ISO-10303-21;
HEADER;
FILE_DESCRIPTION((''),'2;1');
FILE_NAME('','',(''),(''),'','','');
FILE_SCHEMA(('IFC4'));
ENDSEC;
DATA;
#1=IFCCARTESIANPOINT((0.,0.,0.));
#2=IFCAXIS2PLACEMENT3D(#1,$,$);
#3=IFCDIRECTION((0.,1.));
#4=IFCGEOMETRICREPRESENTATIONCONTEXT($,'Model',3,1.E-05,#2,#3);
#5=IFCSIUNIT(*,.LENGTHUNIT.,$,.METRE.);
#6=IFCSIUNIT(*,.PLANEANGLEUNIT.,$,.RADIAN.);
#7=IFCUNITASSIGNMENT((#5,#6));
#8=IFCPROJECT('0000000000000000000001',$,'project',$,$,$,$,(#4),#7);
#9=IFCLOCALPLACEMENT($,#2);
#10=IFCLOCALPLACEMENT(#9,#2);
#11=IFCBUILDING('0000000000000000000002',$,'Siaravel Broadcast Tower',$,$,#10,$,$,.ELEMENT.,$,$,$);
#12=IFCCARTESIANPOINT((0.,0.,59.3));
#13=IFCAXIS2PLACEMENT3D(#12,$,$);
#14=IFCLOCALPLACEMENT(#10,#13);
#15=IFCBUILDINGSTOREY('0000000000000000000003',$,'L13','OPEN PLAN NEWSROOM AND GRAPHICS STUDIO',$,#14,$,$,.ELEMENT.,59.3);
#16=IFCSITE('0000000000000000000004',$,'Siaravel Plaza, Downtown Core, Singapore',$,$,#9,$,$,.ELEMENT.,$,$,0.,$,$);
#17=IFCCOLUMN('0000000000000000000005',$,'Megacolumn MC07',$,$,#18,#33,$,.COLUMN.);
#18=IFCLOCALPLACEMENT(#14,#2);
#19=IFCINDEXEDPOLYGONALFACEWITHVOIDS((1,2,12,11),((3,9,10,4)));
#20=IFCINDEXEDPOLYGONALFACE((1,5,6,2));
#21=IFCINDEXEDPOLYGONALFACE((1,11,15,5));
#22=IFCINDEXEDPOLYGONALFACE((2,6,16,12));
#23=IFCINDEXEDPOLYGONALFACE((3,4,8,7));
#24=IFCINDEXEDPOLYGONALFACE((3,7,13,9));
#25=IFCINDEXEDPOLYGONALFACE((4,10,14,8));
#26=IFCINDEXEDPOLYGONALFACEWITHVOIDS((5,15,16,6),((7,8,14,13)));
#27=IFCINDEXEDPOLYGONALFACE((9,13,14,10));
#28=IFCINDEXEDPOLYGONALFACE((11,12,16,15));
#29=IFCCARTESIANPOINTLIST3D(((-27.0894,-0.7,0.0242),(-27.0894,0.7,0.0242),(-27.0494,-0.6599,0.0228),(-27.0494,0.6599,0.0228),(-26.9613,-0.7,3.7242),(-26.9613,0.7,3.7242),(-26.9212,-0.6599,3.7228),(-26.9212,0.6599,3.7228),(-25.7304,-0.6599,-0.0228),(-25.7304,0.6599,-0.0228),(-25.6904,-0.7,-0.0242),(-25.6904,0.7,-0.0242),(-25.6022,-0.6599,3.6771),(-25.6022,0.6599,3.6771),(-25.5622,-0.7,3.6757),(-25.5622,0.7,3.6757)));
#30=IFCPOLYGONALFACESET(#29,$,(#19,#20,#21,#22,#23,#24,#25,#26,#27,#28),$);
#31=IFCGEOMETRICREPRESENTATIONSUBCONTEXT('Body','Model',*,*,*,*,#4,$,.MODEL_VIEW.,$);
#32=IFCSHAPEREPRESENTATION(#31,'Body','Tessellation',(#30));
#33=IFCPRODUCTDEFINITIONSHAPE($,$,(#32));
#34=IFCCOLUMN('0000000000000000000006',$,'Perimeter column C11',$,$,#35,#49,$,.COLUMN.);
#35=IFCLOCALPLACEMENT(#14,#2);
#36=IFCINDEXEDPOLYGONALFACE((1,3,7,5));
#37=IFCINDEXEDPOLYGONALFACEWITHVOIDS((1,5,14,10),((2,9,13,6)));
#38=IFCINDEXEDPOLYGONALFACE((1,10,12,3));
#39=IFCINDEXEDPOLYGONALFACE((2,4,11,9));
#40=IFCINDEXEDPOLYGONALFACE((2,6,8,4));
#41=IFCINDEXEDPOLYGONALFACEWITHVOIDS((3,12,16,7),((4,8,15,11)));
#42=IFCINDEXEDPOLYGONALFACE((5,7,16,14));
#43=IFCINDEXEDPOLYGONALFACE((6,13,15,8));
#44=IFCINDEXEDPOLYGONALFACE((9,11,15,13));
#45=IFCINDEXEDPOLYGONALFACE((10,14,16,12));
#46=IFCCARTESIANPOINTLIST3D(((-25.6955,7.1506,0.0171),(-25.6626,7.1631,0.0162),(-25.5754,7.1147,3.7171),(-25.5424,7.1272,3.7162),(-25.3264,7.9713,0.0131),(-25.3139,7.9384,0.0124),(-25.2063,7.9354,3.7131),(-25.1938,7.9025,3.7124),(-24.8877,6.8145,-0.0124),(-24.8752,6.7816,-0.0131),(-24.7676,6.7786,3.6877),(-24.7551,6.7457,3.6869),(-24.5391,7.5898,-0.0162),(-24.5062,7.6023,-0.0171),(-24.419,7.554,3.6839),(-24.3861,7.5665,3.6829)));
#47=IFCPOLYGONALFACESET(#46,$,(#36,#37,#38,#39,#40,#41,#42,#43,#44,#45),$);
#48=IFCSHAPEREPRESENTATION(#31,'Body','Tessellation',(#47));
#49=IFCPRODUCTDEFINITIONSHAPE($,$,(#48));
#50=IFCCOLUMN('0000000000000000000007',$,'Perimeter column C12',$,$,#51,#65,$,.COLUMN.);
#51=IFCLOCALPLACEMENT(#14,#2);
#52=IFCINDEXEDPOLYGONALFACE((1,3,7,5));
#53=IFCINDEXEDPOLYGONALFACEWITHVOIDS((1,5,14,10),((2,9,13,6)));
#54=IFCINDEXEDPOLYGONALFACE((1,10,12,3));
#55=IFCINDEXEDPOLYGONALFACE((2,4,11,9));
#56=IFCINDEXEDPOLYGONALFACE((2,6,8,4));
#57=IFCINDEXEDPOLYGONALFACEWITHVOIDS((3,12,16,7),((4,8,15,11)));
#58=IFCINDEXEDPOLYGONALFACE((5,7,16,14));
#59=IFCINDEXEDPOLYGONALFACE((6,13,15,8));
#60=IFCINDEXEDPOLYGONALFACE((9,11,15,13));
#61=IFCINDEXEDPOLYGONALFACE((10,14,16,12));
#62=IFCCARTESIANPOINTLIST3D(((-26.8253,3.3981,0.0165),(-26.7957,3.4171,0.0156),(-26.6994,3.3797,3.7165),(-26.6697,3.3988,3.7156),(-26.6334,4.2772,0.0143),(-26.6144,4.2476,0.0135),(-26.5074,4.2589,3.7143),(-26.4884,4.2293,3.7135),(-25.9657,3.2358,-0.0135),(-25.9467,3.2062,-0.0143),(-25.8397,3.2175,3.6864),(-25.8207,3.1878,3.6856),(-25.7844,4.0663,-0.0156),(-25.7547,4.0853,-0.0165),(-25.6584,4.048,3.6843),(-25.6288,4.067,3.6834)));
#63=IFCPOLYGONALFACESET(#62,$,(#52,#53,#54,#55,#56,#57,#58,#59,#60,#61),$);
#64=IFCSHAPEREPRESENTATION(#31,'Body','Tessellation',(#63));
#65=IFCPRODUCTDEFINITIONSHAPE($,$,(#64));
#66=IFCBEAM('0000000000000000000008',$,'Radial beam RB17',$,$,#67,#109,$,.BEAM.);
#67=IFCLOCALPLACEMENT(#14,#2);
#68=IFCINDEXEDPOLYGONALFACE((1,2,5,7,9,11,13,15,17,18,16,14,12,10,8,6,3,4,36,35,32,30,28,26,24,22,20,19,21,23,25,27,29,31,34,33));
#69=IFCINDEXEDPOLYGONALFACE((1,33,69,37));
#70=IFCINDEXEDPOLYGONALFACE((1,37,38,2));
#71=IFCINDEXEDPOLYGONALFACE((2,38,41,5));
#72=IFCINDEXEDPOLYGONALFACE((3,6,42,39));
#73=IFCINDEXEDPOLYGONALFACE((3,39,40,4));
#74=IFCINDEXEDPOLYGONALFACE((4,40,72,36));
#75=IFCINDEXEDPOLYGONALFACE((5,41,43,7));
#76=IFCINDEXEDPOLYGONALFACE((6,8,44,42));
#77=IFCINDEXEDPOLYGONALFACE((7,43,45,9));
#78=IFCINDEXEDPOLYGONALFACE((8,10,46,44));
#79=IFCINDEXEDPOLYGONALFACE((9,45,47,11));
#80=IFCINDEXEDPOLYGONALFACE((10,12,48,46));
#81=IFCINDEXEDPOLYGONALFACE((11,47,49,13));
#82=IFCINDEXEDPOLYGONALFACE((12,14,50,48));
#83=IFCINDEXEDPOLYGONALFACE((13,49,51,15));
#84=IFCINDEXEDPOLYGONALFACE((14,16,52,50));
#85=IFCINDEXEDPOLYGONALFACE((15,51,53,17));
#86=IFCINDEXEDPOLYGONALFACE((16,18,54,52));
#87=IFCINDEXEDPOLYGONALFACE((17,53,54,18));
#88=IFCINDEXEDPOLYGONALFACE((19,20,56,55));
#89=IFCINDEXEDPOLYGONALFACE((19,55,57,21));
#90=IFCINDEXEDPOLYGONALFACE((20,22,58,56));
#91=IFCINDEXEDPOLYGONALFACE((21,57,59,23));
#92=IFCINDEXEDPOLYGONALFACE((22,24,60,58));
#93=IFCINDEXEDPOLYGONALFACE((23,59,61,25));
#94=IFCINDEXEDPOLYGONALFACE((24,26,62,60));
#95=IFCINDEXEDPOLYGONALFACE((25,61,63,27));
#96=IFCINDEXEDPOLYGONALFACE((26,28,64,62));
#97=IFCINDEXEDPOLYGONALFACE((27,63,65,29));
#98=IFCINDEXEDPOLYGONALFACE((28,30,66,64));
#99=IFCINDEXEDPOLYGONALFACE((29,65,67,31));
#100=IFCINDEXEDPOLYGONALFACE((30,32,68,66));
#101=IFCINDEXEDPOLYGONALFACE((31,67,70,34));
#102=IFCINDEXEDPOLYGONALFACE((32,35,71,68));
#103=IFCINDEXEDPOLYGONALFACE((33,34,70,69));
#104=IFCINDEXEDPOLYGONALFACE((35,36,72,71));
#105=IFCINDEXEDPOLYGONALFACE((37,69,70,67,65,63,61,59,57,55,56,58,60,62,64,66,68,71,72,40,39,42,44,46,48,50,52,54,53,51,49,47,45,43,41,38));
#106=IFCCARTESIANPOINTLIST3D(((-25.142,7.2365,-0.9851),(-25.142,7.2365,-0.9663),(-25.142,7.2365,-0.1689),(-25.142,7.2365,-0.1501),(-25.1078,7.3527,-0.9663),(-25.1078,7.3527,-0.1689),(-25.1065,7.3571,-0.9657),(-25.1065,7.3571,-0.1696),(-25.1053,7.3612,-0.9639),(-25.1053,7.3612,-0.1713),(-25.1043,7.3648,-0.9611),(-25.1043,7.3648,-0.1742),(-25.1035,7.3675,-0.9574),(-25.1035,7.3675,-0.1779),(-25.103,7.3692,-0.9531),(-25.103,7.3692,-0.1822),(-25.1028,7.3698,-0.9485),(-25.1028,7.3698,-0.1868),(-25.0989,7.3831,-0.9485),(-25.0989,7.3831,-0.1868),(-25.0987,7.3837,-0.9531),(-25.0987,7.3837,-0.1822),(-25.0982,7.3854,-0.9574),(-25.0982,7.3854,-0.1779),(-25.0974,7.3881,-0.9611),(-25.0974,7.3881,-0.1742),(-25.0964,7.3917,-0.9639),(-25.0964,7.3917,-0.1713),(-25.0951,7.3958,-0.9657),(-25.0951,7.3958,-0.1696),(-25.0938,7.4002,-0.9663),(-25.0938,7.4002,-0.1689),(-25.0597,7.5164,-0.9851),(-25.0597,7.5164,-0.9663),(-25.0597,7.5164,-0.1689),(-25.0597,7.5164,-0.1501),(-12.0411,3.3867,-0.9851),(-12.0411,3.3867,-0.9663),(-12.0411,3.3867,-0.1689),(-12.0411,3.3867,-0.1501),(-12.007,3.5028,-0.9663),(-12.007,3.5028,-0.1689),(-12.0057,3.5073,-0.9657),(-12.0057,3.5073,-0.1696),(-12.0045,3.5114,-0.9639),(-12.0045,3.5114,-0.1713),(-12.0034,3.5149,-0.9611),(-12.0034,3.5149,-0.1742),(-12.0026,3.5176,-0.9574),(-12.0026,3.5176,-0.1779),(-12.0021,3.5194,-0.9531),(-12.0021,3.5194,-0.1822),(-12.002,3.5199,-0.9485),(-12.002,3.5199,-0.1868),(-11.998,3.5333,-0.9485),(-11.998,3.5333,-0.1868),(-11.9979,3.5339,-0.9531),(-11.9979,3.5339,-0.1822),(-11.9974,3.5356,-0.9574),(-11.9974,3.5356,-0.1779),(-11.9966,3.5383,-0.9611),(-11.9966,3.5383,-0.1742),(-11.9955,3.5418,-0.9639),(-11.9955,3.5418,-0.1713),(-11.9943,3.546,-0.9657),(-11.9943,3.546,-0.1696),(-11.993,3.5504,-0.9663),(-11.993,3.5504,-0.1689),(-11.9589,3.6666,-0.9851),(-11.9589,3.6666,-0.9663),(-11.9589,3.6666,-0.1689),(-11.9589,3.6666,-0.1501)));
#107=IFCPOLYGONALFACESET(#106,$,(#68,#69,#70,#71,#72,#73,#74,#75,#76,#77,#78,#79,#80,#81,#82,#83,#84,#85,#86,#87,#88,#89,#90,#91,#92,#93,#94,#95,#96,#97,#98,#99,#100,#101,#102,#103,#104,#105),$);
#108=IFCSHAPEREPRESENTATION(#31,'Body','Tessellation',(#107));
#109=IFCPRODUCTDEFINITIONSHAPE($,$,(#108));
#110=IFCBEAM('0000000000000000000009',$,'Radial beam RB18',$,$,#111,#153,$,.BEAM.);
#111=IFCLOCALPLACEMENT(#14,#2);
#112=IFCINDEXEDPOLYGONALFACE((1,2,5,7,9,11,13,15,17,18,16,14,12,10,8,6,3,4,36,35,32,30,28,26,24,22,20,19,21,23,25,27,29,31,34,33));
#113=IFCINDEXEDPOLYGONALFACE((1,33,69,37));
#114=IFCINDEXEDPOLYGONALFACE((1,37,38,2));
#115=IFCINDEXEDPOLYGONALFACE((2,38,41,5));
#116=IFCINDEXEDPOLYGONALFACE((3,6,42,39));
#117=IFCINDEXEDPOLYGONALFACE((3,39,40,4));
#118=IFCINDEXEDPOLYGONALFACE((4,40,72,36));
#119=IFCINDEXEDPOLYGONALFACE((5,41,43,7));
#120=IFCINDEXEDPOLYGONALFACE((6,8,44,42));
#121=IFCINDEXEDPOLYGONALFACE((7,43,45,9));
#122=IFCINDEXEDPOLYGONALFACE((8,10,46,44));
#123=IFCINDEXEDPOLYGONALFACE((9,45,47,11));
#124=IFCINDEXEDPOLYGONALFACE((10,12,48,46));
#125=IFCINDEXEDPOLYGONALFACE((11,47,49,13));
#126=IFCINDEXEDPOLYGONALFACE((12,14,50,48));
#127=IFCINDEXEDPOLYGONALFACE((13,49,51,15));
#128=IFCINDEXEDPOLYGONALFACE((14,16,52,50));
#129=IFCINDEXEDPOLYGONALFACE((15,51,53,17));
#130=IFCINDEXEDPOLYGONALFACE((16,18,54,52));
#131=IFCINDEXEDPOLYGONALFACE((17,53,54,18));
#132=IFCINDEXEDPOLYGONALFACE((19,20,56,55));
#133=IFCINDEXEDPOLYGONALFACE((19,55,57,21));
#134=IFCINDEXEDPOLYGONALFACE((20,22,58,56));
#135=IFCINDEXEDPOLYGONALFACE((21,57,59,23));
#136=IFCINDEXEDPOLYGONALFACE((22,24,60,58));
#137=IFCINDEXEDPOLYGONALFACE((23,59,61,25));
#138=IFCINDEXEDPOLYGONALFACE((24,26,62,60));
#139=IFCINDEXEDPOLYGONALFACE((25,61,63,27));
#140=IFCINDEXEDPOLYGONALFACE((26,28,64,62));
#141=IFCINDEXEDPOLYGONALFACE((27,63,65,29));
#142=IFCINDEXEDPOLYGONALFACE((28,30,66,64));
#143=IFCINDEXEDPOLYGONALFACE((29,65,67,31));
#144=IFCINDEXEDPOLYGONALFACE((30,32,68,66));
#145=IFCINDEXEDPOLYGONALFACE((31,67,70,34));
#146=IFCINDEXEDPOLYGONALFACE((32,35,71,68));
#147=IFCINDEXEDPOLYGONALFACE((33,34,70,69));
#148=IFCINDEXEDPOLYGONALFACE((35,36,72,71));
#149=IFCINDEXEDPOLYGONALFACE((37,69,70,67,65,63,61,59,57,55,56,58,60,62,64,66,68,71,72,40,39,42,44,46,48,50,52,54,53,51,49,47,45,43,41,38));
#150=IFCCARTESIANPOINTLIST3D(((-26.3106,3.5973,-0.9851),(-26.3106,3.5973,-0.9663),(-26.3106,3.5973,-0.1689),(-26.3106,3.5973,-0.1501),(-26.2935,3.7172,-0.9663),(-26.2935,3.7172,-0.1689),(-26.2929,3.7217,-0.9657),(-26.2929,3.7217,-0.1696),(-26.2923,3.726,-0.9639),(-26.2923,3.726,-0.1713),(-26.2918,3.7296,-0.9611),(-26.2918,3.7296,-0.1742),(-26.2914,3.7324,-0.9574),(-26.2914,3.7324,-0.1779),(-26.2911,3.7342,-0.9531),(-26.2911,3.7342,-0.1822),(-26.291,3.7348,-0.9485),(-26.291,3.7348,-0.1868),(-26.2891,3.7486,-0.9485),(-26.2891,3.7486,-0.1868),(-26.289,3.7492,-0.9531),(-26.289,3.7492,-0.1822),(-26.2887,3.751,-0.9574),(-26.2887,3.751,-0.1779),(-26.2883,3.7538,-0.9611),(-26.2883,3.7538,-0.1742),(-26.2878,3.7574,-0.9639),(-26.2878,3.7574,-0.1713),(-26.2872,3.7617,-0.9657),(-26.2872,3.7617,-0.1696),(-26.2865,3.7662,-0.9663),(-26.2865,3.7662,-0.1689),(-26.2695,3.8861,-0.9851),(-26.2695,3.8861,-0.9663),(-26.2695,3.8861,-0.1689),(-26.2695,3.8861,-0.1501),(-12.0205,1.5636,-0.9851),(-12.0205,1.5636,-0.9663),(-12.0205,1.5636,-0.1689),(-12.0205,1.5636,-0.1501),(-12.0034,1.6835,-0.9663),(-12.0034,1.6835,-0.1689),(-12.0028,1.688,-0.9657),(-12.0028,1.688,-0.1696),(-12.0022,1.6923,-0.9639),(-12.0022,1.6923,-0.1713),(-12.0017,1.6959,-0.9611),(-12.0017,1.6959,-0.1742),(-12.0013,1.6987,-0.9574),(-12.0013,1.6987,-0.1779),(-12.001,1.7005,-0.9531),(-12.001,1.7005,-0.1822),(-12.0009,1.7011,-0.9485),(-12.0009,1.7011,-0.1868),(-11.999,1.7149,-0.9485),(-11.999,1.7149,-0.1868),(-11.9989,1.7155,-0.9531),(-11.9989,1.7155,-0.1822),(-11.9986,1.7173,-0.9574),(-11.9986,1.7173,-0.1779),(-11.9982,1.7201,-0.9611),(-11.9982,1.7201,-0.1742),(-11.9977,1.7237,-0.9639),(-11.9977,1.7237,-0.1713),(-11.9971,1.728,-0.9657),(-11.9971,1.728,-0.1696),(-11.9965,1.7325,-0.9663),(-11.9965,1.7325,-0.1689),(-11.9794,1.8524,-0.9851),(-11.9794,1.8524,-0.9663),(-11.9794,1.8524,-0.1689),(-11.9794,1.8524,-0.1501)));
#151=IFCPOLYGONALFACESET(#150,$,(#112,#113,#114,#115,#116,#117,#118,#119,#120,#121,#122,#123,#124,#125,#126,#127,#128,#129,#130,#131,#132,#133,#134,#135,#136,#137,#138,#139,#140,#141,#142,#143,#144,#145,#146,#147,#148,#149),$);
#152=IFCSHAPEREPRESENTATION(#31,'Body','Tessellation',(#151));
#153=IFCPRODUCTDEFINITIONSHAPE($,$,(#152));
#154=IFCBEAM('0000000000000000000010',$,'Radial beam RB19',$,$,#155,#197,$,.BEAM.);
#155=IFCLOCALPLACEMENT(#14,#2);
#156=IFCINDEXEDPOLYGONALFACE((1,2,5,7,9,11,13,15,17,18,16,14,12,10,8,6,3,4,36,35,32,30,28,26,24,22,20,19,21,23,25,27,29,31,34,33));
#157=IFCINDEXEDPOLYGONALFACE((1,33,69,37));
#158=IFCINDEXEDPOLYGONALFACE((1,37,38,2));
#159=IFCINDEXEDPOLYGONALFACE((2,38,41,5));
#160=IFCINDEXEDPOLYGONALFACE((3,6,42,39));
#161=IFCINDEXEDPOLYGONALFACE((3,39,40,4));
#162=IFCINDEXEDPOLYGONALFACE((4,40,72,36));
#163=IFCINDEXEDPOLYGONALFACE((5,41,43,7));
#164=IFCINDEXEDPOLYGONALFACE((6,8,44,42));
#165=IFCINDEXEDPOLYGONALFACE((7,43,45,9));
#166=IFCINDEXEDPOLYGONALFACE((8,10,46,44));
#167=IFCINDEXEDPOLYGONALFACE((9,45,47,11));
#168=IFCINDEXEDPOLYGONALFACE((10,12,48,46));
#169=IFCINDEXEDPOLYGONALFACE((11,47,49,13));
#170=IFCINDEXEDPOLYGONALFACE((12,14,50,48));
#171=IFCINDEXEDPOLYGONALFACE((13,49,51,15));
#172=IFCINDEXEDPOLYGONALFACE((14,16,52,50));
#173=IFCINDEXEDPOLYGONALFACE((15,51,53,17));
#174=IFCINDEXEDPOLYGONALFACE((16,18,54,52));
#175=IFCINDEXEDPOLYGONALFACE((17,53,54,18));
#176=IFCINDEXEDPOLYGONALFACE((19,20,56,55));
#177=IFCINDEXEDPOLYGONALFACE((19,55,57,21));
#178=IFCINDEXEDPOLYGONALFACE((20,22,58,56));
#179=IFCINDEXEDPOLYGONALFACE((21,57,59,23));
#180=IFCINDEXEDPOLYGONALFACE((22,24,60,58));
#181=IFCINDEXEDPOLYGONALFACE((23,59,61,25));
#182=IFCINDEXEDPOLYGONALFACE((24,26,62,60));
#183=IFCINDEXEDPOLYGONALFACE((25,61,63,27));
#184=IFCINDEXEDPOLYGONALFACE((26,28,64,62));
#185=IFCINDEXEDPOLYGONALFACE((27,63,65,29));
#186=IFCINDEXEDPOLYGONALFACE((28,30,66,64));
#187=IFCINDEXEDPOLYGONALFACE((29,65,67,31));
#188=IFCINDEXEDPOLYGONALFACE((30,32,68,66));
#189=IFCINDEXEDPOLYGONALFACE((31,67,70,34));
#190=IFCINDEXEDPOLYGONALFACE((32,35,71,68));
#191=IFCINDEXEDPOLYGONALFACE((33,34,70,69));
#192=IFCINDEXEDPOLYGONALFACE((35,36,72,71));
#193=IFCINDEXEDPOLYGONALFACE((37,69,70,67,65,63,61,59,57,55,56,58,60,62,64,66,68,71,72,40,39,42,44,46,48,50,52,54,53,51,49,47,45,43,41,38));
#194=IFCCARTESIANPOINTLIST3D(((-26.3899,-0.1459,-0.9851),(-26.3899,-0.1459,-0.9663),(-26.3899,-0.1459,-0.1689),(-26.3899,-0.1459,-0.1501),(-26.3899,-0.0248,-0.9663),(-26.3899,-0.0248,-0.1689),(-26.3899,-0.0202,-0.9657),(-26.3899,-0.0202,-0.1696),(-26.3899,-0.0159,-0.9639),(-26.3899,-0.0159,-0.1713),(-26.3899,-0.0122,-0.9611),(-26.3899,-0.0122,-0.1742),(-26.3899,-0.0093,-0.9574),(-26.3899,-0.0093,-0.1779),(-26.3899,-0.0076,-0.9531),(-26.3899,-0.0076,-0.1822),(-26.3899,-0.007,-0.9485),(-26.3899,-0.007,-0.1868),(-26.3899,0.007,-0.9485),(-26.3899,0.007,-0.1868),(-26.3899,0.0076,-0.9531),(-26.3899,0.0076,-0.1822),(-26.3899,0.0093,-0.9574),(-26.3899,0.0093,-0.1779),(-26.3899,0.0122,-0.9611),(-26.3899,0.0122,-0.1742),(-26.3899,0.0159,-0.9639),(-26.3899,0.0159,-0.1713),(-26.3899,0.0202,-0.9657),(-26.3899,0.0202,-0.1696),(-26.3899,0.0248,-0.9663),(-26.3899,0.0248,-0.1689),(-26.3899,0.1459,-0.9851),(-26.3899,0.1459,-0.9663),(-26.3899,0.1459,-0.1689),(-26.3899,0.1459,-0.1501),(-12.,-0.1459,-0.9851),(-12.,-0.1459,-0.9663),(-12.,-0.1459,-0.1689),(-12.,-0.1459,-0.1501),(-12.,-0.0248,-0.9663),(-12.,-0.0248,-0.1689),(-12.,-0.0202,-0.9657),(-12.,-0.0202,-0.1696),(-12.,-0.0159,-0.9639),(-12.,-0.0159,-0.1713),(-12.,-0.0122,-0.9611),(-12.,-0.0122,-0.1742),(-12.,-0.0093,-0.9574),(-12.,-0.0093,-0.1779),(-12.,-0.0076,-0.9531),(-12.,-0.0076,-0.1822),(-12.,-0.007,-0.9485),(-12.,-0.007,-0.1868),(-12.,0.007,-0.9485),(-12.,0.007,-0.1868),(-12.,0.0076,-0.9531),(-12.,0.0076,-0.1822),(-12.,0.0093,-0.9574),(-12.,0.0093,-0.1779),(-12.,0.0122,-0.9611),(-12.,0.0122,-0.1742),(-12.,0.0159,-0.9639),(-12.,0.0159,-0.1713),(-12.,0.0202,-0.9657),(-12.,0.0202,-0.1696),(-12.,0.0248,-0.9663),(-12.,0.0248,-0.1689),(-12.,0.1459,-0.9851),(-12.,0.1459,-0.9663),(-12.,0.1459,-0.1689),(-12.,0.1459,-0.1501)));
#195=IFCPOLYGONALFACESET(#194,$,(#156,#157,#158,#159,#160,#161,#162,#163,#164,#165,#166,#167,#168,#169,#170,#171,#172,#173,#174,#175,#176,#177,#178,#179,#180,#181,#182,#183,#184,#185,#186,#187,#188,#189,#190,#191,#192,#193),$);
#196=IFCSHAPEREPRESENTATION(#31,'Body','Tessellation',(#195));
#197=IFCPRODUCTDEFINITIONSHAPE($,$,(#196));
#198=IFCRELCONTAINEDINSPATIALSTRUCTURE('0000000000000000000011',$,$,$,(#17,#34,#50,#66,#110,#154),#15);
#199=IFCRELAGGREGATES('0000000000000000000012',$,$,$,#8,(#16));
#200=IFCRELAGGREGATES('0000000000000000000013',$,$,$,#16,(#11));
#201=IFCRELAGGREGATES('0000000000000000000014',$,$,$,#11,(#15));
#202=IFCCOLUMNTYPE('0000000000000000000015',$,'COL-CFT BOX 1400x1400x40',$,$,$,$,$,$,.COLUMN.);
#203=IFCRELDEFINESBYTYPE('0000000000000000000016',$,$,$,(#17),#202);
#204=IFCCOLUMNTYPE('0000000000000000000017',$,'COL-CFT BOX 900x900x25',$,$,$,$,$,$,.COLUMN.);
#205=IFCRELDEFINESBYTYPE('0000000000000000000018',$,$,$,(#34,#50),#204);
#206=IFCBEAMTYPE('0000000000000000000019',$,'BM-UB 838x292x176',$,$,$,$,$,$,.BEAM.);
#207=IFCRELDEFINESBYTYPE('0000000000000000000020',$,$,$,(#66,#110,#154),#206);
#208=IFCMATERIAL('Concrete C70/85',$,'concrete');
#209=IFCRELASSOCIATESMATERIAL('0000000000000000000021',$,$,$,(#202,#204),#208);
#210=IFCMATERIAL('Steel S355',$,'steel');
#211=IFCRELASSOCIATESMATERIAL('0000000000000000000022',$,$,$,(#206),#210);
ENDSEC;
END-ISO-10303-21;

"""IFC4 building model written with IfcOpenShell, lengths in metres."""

from ifc_helpers import new_model, si_unit, direction, frame, origin, origin_2d, place, context, subcontext, project, spatial, hollow_rectangle, i_section, extrude, material, material_profile, profile_set, type_object, element, save


model = new_model("IFC4")

# Units and contexts
model_context = context("Model", 3, precision=1e-05, world=origin(), true_north=direction((0.0, 1.0)))
body_context = subcontext(model_context, "Body", "Model", "MODEL_VIEW")
ifc_project = project(units=[si_unit("LENGTHUNIT", "METRE"), si_unit("PLANEANGLEUNIT", "RADIAN")], contexts=[model_context])

# Site, building, storey
site_placement = place(None, origin())
site = spatial("IfcSite", under=ifc_project, at=site_placement, Name="Siaravel Plaza, Downtown Core, Singapore", CompositionType="ELEMENT", RefElevation=0.0)
building_placement = place(site_placement, origin())
building = spatial("IfcBuilding", under=site, at=building_placement, Name="Siaravel Broadcast Tower", CompositionType="ELEMENT")
storey_placement = place(building_placement, frame((0.0, 0.0, 59.3)))
storey = spatial("IfcBuildingStorey", under=building, at=storey_placement, Name="L13", Description="OPEN PLAN NEWSROOM AND GRAPHICS STUDIO", CompositionType="ELEMENT", Elevation=59.3)

# Columns
ifc_material_1 = material(Name="Concrete C70/85", Category="concrete")
ifc_material_profile_1 = material_profile(ifc_material_1, hollow_rectangle(XDim=1.3999, YDim=1.3999, WallThickness=0.04, at=origin_2d()))
ifc_profile_set_1 = profile_set([ifc_material_profile_1], Name="Concrete C70/85")
column_type_1 = type_object("IfcColumnType", Name="COL-CFT BOX 1400x1400x40", PredefinedType="COLUMN", material=ifc_profile_set_1)
column_placement = place(storey_placement, frame((-26.3899, 0.0, 0.0), z_axis=(0.034621, 0.0, 0.999401), x_axis=(0.0, 1.0, 0.0)))
element("IfcColumn", 1, at=column_placement, inside=storey, type_object=column_type_1, Name="Megacolumn MC07", PredefinedType="COLUMN", context=body_context, shape_type="SweptSolid", body=[
    extrude(hollow_rectangle(XDim=1.3999, YDim=1.3999, WallThickness=0.04, at=origin_2d()), origin(), (0.0, 0.0, 1.0), 3.7021),
])
ifc_material_profile_2 = material_profile(ifc_material_1, hollow_rectangle(XDim=0.8999, YDim=0.8999, WallThickness=0.0249, at=origin_2d()))
ifc_profile_set_2 = profile_set([ifc_material_profile_2], Name="Concrete C70/85")
column_type_2 = type_object("IfcColumnType", Name="COL-CFT BOX 900x900x25", PredefinedType="COLUMN", material=ifc_profile_set_2)
for number, where, z_axis, x_axis, name in (
    (2, (-25.1008, 7.3765, 0.0), (0.032446, -0.009694, 0.999426), (0.410107, 0.912026, -0.004467), "Perimeter column C11"),
    (3, (-26.29, 3.7417, 0.0), (0.034028, -0.004946, 0.999409), (0.213295, 0.976985, -0.002427), "Perimeter column C12"),
):
    element("IfcColumn", number, at=place(storey_placement, frame(where, z_axis=z_axis, x_axis=x_axis)), inside=storey, type_object=column_type_2, Name=name, PredefinedType="COLUMN", context=body_context, shape_type="SweptSolid", body=[
        extrude(hollow_rectangle(XDim=0.8999, YDim=0.8999, WallThickness=0.0249, at=origin_2d()), origin(), (0.0, 0.0, 1.0), 3.7021),
    ])

# Beams
ifc_material_2 = material(Name="Steel S355", Category="steel")
ifc_material_profile_3 = material_profile(ifc_material_2, i_section(OverallWidth=0.2917, OverallDepth=0.835, WebThickness=0.0139, FlangeThickness=0.0188, FilletRadius=0.0178, at=origin_2d()))
ifc_profile_set_3 = profile_set([ifc_material_profile_3], Name="Steel S355")
beam_type = type_object("IfcBeamType", Name="BM-UB 838x292x176", PredefinedType="BEAM", material=ifc_profile_set_3)
beam_1_placement = place(storey_placement, frame((-25.1008, 7.3765, -0.5676), z_axis=(0.959432, -0.281942, 0.0), x_axis=(0.281942, 0.959432, 0.0)))
element("IfcBeam", 4, at=beam_1_placement, inside=storey, type_object=beam_type, Name="Radial beam RB17", PredefinedType="BEAM", context=body_context, shape_type="SweptSolid", body=[
    extrude(i_section(OverallWidth=0.2917, OverallDepth=0.835, WebThickness=0.0139, FlangeThickness=0.0188, FilletRadius=0.0178, at=origin_2d()), origin(), (0.0, 0.0, 1.0), 13.6548),
])
beam_2_placement = place(storey_placement, frame((-26.29, 3.7417, -0.5676), z_axis=(0.990024, -0.140896, 0.0), x_axis=(0.140896, 0.990024, 0.0)))
element("IfcBeam", 5, at=beam_2_placement, inside=storey, type_object=beam_type, Name="Radial beam RB18", PredefinedType="BEAM", context=body_context, shape_type="SweptSolid", body=[
    extrude(i_section(OverallWidth=0.2917, OverallDepth=0.835, WebThickness=0.0139, FlangeThickness=0.0188, FilletRadius=0.0178, at=origin_2d()), origin(), (0.0, 0.0, 1.0), 14.4341),
])
beam_3_placement = place(storey_placement, frame((-26.3899, 0.0, -0.5676), z_axis=(1.0, 0.0, 0.0), x_axis=(0.0, 1.0, 0.0)))
element("IfcBeam", 6, at=beam_3_placement, inside=storey, type_object=beam_type, Name="Radial beam RB19", PredefinedType="BEAM", context=body_context, shape_type="SweptSolid", body=[
    extrude(i_section(OverallWidth=0.2917, OverallDepth=0.835, WebThickness=0.0139, FlangeThickness=0.0188, FilletRadius=0.0178, at=origin_2d()), origin(), (0.0, 0.0, 1.0), 14.3899),
])

save(model, "model.ifc")
